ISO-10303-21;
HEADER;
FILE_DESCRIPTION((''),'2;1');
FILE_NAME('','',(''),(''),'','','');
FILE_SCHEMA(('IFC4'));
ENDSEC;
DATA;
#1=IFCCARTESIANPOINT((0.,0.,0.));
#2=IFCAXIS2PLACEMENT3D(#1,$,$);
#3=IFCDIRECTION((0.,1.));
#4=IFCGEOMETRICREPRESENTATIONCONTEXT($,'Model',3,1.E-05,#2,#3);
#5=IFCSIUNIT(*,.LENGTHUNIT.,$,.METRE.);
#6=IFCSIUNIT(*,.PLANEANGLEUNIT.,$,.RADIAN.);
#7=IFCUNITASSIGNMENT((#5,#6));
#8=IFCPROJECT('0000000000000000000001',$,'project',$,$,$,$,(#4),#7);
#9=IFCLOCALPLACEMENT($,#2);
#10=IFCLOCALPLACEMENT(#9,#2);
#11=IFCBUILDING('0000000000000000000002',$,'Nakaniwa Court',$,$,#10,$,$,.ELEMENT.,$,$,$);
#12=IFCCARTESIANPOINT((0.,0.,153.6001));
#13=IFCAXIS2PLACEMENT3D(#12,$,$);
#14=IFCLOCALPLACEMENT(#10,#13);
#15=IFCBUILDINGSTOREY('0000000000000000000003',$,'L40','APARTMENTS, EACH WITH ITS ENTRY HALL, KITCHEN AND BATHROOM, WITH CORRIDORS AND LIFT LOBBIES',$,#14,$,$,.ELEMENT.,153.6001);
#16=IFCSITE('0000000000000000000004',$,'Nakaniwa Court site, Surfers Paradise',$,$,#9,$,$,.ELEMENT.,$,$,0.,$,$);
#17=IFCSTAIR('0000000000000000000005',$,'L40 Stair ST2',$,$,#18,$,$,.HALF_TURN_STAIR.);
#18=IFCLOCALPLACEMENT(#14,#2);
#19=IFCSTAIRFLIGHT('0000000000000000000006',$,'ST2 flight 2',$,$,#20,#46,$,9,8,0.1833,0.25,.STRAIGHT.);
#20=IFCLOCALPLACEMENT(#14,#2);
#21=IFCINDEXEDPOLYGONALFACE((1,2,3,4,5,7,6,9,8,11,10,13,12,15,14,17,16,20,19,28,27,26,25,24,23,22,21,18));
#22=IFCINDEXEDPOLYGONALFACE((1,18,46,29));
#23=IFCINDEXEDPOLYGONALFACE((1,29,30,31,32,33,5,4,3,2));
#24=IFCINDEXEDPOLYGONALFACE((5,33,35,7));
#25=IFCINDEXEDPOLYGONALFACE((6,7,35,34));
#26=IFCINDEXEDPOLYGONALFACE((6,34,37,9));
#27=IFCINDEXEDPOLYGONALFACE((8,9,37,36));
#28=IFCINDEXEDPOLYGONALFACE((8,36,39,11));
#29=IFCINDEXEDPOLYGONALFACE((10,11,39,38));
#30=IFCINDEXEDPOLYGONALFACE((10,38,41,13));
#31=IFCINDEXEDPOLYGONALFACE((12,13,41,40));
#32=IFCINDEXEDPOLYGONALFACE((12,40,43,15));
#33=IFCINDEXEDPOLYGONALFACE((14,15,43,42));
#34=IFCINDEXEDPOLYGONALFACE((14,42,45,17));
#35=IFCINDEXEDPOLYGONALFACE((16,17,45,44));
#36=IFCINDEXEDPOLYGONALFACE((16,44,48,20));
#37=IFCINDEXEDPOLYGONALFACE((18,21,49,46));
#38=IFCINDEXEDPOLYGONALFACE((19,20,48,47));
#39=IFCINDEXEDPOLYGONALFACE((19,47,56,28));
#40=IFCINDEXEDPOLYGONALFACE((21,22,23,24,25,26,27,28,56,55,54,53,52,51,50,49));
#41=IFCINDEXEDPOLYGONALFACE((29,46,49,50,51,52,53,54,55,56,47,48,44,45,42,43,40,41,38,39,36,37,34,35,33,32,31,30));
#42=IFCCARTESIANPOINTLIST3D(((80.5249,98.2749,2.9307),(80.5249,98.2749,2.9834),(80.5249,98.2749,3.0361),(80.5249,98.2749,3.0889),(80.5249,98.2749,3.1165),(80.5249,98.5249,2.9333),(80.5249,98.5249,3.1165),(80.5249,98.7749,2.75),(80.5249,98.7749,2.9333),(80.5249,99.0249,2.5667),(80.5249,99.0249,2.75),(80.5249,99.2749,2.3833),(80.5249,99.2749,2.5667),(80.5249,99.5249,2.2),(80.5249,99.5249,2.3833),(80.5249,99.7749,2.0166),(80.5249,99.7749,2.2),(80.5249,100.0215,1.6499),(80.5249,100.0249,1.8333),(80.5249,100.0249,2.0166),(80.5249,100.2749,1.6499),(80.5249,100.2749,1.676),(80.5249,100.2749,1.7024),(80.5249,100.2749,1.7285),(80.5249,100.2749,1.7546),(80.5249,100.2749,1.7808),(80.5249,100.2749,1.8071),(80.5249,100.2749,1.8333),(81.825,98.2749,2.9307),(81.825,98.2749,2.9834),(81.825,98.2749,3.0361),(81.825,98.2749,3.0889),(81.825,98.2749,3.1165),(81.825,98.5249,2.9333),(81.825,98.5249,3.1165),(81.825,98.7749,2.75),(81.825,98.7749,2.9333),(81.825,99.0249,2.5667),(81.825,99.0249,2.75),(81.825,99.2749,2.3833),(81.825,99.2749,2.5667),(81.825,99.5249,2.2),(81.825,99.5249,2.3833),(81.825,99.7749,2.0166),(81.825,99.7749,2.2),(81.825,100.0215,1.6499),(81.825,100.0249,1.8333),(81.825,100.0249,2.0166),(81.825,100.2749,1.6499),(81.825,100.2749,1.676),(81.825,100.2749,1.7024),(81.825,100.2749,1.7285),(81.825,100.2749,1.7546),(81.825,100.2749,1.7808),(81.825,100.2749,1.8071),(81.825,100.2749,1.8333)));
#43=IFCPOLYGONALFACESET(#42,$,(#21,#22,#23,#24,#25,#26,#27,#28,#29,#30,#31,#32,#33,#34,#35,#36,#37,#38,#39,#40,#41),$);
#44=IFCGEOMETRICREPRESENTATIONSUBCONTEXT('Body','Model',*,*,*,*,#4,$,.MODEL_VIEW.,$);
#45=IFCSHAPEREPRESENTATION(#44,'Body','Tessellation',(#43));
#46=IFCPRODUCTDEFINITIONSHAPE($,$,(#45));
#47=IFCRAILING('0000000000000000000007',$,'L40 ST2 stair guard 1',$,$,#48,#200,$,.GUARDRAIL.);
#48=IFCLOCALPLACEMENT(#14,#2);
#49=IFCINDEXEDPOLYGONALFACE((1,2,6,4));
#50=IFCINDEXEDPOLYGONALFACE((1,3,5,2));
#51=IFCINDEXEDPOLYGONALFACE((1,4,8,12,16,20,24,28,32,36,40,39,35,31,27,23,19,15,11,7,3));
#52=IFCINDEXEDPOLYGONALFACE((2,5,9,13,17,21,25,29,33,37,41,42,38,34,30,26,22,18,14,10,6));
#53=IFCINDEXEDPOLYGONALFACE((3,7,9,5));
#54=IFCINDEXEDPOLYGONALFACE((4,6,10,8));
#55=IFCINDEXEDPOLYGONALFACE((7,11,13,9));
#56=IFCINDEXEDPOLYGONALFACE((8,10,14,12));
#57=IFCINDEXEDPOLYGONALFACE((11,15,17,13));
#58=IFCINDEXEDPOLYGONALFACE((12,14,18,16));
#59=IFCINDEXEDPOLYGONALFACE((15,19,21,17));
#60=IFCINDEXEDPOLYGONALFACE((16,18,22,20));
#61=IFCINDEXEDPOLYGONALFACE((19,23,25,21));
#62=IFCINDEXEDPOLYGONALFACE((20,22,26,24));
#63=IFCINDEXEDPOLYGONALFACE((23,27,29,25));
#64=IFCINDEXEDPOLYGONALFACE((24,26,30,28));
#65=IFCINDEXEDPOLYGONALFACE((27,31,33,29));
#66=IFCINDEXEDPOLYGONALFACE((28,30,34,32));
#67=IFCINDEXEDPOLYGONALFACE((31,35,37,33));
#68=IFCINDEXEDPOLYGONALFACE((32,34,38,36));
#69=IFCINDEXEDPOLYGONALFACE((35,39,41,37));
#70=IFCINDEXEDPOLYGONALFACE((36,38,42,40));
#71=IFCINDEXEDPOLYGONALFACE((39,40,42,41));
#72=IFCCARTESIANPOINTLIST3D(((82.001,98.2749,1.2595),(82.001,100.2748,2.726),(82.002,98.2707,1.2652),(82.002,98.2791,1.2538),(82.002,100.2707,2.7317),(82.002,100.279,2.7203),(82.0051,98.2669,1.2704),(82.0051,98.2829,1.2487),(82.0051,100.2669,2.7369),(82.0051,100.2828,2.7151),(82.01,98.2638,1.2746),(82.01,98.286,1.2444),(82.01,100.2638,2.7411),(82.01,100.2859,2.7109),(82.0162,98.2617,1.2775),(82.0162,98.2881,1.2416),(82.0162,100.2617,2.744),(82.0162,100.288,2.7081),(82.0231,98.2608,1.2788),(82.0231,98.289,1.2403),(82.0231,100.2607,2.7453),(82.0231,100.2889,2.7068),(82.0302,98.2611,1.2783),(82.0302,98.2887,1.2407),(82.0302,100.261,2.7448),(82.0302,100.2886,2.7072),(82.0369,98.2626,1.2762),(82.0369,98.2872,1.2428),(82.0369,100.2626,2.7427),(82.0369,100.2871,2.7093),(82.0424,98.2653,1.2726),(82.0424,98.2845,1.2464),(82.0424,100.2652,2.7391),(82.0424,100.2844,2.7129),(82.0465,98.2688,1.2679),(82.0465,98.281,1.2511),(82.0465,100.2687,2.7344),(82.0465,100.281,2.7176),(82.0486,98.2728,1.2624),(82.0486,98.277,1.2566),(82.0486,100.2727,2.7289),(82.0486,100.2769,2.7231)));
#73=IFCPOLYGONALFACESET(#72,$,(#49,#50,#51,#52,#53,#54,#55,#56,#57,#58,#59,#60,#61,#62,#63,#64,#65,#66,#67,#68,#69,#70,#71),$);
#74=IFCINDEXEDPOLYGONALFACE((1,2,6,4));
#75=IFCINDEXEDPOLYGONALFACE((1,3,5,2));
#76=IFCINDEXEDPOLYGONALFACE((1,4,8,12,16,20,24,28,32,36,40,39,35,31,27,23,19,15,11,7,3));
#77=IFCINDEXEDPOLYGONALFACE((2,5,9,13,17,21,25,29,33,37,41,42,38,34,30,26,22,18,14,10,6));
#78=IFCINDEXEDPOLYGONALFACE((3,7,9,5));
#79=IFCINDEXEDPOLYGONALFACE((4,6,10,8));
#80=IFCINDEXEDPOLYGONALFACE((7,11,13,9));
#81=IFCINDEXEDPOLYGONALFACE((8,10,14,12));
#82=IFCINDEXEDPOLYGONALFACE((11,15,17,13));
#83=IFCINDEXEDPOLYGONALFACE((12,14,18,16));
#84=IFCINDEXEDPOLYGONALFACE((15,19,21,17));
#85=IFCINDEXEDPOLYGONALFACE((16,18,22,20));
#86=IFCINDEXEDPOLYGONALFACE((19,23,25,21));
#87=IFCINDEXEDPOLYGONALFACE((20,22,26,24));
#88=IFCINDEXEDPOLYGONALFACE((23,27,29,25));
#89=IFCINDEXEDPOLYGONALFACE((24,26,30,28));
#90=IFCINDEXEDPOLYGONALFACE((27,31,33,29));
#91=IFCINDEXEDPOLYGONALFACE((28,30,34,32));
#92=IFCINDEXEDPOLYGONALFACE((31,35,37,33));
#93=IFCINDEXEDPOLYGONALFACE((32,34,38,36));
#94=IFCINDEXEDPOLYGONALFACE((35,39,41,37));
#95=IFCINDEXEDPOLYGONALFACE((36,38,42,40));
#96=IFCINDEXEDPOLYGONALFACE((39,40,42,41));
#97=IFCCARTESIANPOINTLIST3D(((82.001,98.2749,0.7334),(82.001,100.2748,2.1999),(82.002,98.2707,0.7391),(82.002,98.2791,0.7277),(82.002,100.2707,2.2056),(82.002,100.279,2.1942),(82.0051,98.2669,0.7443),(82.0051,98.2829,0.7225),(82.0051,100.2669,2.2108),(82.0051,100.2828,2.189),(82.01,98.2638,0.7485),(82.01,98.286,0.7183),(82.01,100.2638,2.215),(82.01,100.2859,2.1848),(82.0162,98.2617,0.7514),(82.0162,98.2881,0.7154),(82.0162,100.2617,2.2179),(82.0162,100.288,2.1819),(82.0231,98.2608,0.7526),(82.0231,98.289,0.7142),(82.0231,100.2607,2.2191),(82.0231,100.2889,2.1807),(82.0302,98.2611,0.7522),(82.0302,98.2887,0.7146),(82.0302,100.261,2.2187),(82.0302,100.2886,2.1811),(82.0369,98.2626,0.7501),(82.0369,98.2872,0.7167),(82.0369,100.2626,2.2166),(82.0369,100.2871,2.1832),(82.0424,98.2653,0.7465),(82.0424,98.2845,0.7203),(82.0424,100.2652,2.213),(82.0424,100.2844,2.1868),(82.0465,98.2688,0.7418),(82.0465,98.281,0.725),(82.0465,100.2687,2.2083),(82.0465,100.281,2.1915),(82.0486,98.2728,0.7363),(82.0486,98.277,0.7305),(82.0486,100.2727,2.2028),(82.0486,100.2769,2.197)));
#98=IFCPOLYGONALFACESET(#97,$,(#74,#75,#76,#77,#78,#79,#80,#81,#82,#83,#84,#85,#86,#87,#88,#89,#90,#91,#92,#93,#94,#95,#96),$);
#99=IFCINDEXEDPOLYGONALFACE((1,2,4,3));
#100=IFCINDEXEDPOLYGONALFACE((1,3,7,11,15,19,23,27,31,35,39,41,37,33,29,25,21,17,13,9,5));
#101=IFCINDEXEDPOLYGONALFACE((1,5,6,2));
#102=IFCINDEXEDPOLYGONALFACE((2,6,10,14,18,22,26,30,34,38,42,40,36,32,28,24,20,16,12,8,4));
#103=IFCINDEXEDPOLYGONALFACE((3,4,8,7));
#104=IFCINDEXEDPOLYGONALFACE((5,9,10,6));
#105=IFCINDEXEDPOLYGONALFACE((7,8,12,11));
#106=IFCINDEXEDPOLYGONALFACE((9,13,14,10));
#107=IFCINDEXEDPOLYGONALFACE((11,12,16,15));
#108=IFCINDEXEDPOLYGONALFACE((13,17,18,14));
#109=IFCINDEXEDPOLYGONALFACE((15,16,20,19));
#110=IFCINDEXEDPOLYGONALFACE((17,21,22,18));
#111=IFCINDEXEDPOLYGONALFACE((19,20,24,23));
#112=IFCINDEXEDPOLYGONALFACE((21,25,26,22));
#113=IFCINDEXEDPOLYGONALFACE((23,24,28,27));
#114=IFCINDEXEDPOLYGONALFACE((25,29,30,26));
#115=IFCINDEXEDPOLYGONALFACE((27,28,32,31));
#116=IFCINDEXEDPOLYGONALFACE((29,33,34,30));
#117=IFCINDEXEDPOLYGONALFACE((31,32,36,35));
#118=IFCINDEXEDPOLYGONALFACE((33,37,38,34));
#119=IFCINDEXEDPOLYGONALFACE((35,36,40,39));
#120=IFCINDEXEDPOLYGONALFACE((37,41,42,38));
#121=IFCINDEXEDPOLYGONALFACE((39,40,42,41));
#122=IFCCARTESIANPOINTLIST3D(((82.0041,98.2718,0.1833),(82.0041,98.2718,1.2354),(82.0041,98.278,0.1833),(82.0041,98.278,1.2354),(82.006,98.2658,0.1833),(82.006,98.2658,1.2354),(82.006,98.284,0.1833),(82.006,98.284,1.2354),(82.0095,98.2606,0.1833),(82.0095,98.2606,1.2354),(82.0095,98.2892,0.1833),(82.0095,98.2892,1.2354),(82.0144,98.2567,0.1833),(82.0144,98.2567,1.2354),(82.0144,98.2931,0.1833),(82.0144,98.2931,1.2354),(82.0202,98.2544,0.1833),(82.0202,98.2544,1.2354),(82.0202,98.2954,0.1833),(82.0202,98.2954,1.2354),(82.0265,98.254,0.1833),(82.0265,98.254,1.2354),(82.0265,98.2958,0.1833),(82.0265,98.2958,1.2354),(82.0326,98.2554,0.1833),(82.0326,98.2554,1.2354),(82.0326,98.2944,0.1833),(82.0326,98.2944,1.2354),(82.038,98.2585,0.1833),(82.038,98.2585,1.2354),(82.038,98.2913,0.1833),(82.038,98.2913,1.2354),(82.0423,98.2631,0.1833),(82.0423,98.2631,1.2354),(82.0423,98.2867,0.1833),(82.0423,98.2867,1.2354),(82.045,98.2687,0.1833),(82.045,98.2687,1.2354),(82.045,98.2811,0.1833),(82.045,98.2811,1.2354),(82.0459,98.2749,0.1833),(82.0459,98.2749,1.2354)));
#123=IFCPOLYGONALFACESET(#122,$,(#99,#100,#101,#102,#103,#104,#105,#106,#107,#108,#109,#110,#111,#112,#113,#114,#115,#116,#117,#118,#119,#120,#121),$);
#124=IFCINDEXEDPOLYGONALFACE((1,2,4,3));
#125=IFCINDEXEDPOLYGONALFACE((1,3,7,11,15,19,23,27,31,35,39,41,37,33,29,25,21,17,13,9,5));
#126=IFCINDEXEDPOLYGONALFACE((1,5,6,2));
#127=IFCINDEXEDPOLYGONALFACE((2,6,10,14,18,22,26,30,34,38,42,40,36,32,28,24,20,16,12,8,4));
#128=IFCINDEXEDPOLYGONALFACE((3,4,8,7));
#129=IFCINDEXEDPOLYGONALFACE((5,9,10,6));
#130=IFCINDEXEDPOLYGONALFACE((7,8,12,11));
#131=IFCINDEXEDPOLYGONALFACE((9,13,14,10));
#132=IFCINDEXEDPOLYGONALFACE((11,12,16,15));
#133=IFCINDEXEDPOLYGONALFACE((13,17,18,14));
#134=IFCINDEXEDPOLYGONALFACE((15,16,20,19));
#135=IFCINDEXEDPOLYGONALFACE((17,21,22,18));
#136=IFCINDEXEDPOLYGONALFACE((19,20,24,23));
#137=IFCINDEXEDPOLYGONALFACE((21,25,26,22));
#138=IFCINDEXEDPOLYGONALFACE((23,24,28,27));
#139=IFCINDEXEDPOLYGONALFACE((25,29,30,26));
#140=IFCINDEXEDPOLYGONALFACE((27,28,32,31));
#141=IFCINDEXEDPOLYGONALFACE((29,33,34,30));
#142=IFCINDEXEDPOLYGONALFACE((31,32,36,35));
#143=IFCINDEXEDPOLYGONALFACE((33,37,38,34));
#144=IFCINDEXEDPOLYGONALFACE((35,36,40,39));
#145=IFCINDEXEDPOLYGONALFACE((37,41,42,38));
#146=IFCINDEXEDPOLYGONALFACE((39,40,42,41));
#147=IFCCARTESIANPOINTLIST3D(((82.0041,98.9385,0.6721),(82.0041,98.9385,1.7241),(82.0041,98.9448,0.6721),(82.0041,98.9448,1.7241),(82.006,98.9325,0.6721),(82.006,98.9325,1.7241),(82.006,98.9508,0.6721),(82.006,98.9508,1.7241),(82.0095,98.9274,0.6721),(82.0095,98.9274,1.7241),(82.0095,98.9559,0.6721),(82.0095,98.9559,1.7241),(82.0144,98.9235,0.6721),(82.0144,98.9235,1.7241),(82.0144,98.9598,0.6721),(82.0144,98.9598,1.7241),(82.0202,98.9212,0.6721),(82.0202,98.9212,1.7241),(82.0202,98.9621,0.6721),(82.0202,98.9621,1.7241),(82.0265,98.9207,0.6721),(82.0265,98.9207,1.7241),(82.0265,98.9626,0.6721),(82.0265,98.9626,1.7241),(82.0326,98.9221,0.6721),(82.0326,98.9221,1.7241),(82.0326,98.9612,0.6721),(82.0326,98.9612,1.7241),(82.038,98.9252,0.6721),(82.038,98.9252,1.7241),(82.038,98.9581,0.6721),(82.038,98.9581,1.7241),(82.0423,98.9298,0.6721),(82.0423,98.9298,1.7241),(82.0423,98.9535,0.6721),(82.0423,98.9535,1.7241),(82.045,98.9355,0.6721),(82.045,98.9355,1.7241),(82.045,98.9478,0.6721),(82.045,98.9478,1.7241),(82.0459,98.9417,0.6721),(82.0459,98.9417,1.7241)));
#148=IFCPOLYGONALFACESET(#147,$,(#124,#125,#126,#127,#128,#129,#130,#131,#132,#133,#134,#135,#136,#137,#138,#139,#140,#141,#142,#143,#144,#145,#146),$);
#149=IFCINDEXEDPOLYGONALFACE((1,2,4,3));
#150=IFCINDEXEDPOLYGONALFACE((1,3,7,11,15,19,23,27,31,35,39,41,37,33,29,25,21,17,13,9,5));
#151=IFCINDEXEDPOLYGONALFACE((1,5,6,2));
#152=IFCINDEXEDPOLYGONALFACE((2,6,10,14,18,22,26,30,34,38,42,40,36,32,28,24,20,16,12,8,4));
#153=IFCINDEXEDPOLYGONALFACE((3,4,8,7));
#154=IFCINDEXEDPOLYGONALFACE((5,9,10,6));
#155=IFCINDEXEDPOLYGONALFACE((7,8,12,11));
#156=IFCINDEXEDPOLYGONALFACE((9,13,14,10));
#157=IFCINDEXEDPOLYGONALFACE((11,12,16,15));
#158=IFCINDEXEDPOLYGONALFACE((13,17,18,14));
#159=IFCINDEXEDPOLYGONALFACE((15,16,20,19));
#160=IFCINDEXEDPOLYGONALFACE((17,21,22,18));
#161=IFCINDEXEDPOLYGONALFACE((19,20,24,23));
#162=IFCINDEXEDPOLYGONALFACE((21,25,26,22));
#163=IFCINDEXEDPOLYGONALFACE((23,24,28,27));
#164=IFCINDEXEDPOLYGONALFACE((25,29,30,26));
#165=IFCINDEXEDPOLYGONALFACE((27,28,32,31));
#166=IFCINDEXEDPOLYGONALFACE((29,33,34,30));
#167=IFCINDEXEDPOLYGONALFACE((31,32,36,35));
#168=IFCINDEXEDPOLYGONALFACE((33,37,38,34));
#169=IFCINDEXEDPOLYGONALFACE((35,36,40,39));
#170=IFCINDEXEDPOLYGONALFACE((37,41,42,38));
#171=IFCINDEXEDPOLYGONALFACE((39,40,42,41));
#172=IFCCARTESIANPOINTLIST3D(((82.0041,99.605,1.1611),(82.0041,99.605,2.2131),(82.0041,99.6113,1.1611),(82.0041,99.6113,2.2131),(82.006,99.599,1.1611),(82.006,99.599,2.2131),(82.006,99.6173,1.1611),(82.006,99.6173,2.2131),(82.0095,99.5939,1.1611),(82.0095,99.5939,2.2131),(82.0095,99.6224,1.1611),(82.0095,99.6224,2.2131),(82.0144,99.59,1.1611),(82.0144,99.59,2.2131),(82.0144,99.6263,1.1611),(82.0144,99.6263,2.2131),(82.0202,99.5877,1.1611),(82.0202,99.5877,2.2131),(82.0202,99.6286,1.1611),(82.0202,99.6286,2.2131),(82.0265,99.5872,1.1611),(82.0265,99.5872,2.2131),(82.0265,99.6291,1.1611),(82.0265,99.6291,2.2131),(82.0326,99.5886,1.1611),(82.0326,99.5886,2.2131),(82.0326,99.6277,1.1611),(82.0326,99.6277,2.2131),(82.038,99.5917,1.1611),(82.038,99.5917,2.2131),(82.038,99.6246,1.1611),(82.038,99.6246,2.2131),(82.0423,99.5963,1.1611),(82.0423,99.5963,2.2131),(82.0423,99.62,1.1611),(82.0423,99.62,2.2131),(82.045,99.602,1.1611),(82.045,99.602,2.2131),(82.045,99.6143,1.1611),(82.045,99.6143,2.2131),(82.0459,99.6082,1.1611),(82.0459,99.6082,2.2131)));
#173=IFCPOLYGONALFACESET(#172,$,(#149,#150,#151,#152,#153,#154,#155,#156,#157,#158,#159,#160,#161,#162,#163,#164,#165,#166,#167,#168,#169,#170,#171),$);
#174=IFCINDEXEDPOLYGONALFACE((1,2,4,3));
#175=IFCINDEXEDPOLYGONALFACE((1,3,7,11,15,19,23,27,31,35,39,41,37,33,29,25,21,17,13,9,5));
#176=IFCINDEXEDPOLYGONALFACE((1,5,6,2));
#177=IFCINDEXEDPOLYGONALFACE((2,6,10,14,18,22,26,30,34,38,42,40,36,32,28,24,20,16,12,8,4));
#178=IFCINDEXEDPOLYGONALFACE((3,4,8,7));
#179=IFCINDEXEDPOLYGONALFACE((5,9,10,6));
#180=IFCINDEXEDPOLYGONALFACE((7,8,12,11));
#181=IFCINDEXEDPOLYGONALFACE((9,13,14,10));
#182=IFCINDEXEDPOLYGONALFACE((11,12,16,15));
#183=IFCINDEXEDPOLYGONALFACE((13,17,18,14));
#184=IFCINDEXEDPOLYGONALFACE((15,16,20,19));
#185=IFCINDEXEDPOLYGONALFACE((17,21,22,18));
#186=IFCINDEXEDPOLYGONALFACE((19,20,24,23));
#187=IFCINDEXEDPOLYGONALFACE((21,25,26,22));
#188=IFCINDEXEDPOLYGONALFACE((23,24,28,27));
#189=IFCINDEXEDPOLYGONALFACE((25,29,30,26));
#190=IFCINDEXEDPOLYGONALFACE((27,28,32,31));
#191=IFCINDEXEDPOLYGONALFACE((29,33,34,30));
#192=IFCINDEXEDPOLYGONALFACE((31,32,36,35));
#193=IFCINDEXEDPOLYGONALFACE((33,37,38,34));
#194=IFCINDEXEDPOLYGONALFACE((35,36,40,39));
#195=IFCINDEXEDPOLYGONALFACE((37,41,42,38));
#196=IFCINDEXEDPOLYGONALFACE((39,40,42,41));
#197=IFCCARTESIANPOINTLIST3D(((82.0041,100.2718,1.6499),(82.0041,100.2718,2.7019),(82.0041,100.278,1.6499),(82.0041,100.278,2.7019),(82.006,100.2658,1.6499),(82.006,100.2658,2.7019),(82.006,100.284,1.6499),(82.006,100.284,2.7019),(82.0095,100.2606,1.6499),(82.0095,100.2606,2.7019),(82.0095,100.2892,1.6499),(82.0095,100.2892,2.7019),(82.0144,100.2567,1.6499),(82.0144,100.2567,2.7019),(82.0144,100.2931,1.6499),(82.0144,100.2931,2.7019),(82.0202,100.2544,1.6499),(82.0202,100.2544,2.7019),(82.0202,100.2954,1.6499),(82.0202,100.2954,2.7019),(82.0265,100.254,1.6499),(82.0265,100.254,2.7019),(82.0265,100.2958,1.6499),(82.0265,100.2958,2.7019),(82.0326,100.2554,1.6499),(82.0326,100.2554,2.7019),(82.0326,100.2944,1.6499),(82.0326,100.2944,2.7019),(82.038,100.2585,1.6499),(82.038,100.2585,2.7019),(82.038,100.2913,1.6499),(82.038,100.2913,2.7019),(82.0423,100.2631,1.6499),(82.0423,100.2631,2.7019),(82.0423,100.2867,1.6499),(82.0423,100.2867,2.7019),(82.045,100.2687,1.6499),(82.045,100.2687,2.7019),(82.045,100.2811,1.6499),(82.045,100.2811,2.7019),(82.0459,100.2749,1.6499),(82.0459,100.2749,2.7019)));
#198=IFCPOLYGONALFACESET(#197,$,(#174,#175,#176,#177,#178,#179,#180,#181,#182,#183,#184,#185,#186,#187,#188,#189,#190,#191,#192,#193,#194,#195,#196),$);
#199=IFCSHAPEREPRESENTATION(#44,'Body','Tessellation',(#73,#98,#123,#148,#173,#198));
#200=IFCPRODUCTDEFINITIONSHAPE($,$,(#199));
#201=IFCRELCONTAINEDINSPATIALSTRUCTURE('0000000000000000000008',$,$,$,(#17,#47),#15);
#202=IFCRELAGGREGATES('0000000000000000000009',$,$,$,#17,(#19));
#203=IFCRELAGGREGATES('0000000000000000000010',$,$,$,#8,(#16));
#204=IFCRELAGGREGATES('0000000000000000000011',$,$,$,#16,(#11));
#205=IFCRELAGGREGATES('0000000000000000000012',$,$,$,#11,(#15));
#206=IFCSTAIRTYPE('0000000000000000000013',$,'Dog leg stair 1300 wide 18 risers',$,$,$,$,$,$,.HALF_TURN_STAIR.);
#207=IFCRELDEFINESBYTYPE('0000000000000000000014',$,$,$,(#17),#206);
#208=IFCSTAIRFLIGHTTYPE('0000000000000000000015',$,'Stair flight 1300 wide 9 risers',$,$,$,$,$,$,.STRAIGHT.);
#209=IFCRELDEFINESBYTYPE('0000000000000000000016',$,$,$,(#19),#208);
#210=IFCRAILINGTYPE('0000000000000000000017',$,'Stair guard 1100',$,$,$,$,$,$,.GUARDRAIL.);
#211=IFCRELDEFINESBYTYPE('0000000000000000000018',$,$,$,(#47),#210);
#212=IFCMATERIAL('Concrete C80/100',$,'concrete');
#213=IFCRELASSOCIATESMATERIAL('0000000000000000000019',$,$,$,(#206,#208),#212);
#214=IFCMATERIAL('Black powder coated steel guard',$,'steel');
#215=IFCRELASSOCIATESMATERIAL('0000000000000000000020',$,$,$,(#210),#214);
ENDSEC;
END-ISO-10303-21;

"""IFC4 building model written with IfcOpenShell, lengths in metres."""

from ifc_helpers import new_model, si_unit, direction, frame, origin, origin_2d, place, context, subcontext, project, spatial, polyline, circle, outline, extrude, material, type_object, element, aggregate, save


model = new_model("IFC4")

# Units and contexts
model_context = context("Model", 3, precision=1e-05, world=origin(), true_north=direction((0.0, 1.0)))
body_context = subcontext(model_context, "Body", "Model", "MODEL_VIEW")
ifc_project = project(units=[si_unit("LENGTHUNIT", "METRE"), si_unit("PLANEANGLEUNIT", "RADIAN")], contexts=[model_context])

# Site, building, storey
site_placement = place(None, origin())
site = spatial("IfcSite", under=ifc_project, at=site_placement, Name="Nakaniwa Court site, Surfers Paradise", CompositionType="ELEMENT", RefElevation=0.0)
building_placement = place(site_placement, origin())
building = spatial("IfcBuilding", under=site, at=building_placement, Name="Nakaniwa Court", CompositionType="ELEMENT")
storey_placement = place(building_placement, frame((0.0, 0.0, 153.6001)))
storey = spatial("IfcBuildingStorey", under=building, at=storey_placement, Name="L40", Description="APARTMENTS, EACH WITH ITS ENTRY HALL, KITCHEN AND BATHROOM, WITH CORRIDORS AND LIFT LOBBIES", CompositionType="ELEMENT", Elevation=153.6001)

# Shared definitions
ifc_material_1 = material(Name="Concrete C80/100", Category="concrete")

# Stair, stair flight
stair_type = type_object("IfcStairType", Name="Dog leg stair 1300 wide 18 risers", PredefinedType="HALF_TURN_STAIR", material=ifc_material_1)
stair_placement = place(storey_placement, origin())
stair = element("IfcStair", 1, at=stair_placement, inside=storey, type_object=stair_type, Name="L40 Stair ST2", PredefinedType="HALF_TURN_STAIR")
stair_flight_type = type_object("IfcStairFlightType", Name="Stair flight 1300 wide 9 risers", PredefinedType="STRAIGHT", material=ifc_material_1)
stair_flight_1_placement = place(storey_placement, frame((81.175, 100.2749, 1.6499), z_axis=(0.0, 0.0, 1.0), x_axis=(0.0, -1.0, 0.0)))
stair_flight_1 = element("IfcStairFlight", 2, at=stair_flight_1_placement, type_object=stair_flight_type, Name="ST2 flight 2", NumberOfRisers=9, NumberOfTreads=8, PredefinedType="STRAIGHT", RiserHeight=0.1833, TreadLength=0.25, context=body_context, shape_type="SweptSolid", body=[
    extrude(outline(polyline([(0.0, 0.0), (0.0, 0.0261), (0.0, 0.0525), (0.0, 0.0786), (0.0, 0.1047), (0.0, 0.1309), (0.0, 0.1572), (0.0, 0.1833), (0.25, 0.1833), (0.25, 0.3667), (0.5, 0.3667), (0.5, 0.55), (0.75, 0.55), (0.75, 0.7334), (1.0, 0.7334), (1.0, 0.9167), (1.25, 0.9167), (1.25, 1.1001), (1.5, 1.1001), (1.5, 1.2834), (1.75, 1.2834), (1.75, 1.4666), (2.0, 1.4666), (2.0, 1.6499), (2.0, 1.5972), (2.0, 1.5444), (2.0, 1.4917), (2.0, 1.439), (2.0, 1.3862), (2.0, 1.3335), (2.0, 1.2808), (0.2534, 0.0), (0.0, 0.0)])), frame((0.0, 0.6499, 0.0), z_axis=(0.0, -1.0, 0.0), x_axis=(1.0, 0.0, 0.0)), (0.0, 0.0, 1.0), 1.3),
])
aggregate(stair, [stair_flight_1])

# Railing
ifc_material_2 = material(Name="Black powder coated steel guard", Category="steel")
railing_type_1 = type_object("IfcRailingType", Name="Stair guard 1100", PredefinedType="GUARDRAIL", material=ifc_material_2)
railing_1_placement = place(storey_placement, frame((82.0249, 98.2749, 0.1833)))
element("IfcRailing", 3, at=railing_1_placement, inside=storey, type_object=railing_type_1, Name="L40 ST2 stair guard 1", PredefinedType="GUARDRAIL", context=body_context, shape_type="SweptSolid", body=[
    extrude(circle(Radius=0.0239, at=origin_2d()), frame((0.0, 0.0, 1.0762), z_axis=(0.0, 0.806427, 0.591334), x_axis=(-1.0, 0.0, 0.0)), (0.0, 0.0, 1.0), 2.48),
    extrude(circle(Radius=0.0239, at=origin_2d()), frame((0.0, 0.0, 0.55), z_axis=(0.0, 0.806427, 0.591334), x_axis=(-1.0, 0.0, 0.0)), (0.0, 0.0, 1.0), 2.48),
    extrude(circle(Radius=0.021, at=origin_2d()), origin(), (0.0, 0.0, 1.0), 1.052),
    extrude(circle(Radius=0.021, at=origin_2d()), frame((0.0, 0.6667, 0.4888)), (0.0, 0.0, 1.0), 1.052),
    extrude(circle(Radius=0.021, at=origin_2d()), frame((0.0, 1.3333, 0.9778)), (0.0, 0.0, 1.0), 1.052),
    extrude(circle(Radius=0.021, at=origin_2d()), frame((0.0, 2.0, 1.4666)), (0.0, 0.0, 1.0), 1.052),
])

save(model, "model.ifc")
